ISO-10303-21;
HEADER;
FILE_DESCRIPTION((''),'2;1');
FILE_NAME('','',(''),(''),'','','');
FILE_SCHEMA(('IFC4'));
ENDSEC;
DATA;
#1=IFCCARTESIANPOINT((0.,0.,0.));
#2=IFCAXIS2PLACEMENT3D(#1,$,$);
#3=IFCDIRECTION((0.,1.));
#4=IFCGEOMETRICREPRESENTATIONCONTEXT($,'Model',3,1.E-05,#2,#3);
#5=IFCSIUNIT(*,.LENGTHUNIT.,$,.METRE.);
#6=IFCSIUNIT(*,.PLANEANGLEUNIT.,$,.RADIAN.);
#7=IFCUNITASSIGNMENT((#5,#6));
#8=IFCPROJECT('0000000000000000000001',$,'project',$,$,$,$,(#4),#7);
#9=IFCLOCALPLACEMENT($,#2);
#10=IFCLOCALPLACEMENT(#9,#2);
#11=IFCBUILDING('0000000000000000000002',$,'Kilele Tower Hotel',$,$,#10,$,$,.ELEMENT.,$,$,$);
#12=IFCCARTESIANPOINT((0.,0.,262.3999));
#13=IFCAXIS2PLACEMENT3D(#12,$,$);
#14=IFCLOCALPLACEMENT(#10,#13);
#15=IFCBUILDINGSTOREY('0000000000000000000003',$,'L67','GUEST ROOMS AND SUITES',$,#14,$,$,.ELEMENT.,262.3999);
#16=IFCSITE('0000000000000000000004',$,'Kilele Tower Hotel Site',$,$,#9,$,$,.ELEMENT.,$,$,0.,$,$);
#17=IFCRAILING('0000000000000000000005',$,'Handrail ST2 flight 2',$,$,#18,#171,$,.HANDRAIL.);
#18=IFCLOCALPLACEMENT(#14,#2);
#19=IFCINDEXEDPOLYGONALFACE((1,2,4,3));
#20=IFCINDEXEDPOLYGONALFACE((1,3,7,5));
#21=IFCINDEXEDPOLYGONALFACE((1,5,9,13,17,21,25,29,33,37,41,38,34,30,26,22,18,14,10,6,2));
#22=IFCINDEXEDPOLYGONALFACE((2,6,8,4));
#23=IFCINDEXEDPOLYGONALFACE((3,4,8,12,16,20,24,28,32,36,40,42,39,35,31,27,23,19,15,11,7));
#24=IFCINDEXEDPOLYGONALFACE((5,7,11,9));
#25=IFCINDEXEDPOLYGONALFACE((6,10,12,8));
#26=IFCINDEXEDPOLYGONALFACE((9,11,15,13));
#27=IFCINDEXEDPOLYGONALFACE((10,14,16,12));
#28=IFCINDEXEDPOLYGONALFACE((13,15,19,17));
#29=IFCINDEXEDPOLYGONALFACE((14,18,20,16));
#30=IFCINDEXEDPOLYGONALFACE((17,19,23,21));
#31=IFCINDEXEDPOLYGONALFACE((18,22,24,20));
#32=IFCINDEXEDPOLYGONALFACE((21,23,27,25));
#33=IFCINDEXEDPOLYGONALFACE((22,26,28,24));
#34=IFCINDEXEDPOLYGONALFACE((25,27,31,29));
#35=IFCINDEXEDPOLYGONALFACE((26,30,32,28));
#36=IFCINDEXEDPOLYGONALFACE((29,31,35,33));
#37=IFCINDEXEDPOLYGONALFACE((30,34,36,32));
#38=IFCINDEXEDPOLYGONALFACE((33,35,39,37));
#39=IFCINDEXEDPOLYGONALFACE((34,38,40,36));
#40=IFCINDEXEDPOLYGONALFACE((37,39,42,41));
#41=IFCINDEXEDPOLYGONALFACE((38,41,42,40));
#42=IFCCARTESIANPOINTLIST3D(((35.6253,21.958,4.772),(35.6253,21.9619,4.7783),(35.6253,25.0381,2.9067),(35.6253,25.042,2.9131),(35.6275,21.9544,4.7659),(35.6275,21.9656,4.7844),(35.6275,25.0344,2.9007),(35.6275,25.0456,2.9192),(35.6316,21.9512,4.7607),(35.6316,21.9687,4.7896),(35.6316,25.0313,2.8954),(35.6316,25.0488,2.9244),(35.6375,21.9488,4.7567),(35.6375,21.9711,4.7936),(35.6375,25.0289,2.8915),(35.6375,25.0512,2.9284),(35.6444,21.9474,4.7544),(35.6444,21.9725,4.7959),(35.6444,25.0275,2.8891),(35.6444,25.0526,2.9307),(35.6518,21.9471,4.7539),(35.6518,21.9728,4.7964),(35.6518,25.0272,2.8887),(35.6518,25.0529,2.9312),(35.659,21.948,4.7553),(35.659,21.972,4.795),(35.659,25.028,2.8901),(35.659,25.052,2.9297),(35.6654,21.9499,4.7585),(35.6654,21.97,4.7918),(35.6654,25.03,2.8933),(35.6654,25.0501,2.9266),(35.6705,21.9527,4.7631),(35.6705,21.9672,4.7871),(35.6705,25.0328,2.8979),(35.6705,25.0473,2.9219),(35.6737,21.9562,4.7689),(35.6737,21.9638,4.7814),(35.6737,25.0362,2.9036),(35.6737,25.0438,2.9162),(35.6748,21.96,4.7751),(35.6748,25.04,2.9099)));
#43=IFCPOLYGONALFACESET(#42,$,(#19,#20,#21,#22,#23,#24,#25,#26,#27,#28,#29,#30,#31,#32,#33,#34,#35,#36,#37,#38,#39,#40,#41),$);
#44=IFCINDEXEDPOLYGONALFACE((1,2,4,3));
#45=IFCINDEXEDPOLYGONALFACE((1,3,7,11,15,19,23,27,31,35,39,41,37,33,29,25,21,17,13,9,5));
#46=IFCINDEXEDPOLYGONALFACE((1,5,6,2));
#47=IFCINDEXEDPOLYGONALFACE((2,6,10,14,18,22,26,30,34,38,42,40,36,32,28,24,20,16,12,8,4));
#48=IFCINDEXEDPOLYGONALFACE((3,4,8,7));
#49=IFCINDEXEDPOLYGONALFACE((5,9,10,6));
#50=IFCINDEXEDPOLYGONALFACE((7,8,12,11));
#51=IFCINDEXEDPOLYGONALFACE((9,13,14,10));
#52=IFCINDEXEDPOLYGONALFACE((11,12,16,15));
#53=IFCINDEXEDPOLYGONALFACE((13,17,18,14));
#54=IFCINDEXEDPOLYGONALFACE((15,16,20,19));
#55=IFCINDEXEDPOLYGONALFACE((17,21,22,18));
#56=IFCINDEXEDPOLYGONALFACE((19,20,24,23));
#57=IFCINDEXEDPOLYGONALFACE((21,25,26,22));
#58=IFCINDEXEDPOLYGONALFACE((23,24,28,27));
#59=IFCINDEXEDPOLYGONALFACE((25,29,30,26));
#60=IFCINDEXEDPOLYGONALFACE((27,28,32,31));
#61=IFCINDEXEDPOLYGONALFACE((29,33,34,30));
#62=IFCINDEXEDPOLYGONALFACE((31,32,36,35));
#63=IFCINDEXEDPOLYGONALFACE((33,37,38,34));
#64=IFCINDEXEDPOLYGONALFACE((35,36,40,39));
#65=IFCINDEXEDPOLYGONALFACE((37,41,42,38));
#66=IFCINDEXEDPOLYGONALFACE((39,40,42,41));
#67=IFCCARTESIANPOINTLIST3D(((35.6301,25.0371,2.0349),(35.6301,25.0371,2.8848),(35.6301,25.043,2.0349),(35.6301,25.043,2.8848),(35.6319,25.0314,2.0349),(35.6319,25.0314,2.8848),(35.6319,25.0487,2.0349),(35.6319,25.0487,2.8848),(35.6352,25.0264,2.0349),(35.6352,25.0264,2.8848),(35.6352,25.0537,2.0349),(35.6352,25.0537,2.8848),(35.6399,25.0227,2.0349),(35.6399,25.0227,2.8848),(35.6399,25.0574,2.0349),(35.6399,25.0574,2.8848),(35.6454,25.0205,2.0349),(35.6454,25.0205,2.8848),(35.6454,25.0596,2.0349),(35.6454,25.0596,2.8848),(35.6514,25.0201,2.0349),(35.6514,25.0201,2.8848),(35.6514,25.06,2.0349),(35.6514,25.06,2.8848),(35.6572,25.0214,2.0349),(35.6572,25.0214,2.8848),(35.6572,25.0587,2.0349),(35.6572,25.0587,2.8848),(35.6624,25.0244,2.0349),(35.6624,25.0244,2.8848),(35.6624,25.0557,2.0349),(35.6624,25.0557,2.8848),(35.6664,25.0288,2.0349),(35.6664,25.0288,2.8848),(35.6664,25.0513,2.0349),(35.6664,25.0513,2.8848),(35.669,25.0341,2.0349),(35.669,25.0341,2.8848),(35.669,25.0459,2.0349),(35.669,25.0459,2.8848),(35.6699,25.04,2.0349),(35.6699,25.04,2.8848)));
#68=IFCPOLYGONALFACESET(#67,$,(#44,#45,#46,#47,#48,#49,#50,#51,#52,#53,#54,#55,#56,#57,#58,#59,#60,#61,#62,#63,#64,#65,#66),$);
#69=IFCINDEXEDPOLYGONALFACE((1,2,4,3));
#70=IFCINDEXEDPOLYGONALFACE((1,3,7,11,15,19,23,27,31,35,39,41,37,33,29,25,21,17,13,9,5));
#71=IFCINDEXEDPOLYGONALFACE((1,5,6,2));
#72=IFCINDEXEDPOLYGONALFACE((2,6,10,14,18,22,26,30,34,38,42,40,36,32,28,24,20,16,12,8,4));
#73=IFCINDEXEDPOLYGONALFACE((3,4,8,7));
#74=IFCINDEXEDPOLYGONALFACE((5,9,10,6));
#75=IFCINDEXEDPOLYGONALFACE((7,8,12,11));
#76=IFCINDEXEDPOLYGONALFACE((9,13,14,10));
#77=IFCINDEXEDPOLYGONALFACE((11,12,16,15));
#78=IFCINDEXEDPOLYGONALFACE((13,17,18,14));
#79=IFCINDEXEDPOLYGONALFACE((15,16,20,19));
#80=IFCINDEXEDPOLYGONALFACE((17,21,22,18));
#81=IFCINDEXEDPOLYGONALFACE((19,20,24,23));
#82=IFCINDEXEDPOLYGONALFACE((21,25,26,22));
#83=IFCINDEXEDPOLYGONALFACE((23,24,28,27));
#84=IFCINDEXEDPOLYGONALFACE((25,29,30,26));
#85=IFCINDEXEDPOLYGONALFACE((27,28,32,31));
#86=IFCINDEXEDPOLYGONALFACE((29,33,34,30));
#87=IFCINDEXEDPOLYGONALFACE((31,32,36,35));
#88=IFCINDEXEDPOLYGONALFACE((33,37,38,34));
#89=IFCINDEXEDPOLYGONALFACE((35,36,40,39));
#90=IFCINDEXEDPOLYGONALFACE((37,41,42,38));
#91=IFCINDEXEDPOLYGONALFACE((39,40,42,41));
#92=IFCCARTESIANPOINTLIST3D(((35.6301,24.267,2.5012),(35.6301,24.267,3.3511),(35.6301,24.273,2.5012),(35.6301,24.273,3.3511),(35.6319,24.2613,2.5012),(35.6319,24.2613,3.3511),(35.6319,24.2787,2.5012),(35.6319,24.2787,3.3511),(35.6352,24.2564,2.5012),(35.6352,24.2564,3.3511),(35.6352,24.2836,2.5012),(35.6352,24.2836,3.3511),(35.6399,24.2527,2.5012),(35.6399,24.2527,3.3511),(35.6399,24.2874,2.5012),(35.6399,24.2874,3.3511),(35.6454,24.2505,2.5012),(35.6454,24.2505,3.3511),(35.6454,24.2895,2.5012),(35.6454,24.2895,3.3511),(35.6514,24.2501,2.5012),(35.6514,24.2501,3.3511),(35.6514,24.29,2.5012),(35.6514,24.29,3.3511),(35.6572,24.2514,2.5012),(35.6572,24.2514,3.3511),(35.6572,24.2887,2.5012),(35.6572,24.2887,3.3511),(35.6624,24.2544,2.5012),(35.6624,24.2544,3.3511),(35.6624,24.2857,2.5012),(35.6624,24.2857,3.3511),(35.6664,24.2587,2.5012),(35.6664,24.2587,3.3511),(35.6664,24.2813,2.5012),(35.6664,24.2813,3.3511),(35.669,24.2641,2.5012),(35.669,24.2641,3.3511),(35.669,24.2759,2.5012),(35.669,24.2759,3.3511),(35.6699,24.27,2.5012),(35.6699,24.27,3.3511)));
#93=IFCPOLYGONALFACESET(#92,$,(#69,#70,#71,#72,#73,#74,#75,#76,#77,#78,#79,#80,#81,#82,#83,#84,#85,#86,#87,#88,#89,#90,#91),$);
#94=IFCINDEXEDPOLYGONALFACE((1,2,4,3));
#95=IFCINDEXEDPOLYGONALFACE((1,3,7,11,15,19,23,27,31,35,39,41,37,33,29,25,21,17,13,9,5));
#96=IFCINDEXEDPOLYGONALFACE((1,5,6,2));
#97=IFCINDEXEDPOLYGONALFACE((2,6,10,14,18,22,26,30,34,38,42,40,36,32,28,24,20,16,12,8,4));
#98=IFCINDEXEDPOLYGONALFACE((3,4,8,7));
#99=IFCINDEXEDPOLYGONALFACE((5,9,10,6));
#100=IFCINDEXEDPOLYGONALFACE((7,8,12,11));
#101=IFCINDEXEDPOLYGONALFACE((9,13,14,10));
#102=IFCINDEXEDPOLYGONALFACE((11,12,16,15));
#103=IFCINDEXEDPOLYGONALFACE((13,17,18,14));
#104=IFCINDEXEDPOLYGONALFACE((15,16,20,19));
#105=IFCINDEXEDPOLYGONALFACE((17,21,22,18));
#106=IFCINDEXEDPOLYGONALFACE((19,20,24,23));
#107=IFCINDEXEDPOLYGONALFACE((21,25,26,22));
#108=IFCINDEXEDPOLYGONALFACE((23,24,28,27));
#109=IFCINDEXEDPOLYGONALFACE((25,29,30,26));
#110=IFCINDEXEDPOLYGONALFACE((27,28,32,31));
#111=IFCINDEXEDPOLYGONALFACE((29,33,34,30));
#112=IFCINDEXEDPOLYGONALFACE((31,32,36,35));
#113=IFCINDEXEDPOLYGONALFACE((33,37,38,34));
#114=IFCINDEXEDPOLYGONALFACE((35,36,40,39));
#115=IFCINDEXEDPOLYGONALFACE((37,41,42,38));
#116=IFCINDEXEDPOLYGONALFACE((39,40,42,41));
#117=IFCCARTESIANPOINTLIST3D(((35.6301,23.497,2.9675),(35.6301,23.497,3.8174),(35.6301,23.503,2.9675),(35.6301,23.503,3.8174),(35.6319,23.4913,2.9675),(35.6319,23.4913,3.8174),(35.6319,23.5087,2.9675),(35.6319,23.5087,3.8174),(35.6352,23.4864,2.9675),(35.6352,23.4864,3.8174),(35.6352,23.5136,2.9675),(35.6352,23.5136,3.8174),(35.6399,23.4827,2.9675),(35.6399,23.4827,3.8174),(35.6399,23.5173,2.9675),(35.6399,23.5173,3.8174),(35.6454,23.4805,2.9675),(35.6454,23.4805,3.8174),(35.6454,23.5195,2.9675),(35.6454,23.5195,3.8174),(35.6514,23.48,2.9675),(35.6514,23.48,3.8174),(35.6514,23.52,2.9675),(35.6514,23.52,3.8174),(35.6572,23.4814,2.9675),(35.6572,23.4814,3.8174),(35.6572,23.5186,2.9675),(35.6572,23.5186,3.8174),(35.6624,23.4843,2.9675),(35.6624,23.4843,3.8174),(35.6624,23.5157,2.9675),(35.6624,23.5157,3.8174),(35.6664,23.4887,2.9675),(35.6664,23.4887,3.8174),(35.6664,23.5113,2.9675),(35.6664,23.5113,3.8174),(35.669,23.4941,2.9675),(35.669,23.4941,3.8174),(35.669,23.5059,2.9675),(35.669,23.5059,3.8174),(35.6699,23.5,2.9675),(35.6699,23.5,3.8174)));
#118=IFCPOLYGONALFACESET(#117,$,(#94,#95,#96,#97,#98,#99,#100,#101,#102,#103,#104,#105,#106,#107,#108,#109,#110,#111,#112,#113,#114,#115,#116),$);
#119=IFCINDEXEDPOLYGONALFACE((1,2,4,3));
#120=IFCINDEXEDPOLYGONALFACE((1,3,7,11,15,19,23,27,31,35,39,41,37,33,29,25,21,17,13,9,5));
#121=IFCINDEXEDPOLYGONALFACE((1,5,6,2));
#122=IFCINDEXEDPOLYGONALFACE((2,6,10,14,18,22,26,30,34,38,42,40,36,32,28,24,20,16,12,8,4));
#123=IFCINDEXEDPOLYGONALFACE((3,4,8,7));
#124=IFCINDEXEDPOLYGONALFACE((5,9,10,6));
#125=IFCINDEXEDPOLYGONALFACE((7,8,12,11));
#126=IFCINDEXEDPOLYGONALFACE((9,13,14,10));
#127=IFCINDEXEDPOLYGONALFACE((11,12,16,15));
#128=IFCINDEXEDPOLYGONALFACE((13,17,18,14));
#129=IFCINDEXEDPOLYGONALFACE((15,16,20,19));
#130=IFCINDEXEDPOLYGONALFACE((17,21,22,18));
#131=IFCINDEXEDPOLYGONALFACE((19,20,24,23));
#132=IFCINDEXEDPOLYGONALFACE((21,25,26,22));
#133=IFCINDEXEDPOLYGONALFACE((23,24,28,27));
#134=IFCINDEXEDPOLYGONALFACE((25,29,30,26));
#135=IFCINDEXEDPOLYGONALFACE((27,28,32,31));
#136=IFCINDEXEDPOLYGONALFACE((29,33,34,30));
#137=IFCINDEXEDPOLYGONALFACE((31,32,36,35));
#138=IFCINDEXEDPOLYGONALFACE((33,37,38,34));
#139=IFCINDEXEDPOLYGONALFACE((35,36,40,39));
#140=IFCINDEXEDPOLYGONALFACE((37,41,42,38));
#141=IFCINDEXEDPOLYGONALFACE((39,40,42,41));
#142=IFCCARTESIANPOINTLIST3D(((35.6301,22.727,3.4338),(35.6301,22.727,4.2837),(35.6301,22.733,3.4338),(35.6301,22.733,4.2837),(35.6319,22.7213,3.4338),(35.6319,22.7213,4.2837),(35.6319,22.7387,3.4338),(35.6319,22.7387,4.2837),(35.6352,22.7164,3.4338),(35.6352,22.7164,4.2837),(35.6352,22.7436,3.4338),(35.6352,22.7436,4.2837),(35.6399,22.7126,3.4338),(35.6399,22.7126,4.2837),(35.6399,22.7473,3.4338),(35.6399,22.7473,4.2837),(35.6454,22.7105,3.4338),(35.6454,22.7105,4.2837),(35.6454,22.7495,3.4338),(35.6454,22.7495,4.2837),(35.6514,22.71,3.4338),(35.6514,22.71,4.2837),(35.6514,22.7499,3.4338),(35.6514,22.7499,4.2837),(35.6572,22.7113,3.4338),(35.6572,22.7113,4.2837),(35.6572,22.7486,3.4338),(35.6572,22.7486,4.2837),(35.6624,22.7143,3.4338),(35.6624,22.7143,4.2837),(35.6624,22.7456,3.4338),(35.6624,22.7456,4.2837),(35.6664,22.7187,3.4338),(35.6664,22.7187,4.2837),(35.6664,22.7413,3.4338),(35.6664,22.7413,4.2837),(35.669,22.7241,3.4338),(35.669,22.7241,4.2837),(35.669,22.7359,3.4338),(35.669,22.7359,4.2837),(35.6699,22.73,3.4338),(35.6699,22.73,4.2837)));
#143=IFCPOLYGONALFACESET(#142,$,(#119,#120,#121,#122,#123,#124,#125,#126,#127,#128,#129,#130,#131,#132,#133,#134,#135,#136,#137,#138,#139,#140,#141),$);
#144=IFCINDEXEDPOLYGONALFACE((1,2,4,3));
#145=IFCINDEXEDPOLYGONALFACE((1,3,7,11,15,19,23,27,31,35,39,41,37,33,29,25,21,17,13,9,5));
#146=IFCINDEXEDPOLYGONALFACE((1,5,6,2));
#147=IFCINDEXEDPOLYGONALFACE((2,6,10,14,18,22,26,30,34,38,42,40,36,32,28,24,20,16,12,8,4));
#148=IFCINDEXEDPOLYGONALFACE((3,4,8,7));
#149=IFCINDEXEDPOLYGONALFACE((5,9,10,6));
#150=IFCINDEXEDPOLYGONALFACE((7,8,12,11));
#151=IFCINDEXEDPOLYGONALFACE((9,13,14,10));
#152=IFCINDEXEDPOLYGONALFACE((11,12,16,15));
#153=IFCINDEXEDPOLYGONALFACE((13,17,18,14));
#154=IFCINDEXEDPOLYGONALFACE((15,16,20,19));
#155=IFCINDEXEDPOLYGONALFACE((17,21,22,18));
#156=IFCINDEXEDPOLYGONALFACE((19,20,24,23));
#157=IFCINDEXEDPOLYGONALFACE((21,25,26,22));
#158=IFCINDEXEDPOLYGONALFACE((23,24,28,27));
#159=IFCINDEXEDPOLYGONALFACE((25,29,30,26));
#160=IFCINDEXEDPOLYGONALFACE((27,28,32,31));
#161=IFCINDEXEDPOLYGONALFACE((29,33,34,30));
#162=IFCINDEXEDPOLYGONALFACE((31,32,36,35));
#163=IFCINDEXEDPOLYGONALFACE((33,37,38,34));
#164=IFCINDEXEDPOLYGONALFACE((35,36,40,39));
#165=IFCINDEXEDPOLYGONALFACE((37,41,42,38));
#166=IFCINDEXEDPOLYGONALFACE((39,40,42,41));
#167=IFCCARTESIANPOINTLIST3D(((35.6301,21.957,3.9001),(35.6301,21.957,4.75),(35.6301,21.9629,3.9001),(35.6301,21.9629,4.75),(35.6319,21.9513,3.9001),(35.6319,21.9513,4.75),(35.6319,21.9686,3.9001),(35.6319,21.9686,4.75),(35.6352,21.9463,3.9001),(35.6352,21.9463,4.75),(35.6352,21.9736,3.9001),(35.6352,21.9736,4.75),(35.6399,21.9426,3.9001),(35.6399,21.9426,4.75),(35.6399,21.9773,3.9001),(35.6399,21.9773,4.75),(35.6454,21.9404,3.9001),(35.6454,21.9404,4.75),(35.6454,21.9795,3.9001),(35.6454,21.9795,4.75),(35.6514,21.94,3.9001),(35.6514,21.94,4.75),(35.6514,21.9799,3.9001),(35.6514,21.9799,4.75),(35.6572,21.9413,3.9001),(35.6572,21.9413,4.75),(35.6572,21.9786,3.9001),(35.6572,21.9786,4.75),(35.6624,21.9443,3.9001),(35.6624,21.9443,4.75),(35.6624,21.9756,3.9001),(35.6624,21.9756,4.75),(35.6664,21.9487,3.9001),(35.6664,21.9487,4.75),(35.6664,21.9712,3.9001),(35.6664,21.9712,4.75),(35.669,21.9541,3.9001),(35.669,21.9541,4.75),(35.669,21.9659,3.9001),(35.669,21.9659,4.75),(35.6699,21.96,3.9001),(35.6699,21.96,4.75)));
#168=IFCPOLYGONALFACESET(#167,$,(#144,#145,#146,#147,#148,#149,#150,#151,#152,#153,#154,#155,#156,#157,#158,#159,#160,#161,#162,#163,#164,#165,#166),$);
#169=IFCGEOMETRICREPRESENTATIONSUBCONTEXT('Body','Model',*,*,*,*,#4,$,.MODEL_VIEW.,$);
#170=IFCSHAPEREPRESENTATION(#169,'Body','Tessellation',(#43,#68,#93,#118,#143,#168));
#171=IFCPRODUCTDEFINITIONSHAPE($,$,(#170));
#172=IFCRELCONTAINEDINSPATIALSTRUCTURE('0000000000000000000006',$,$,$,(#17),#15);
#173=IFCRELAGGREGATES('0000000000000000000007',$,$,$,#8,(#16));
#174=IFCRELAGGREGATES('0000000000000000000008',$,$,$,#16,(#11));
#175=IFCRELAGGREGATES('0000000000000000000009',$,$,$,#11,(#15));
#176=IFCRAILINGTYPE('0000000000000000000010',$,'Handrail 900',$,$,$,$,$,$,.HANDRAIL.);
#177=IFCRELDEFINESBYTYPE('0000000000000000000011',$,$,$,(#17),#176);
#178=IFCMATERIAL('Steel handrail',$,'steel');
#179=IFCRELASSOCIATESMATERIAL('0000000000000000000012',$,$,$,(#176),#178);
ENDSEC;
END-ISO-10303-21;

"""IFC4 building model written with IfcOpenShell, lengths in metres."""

from ifc_helpers import new_model, si_unit, direction, frame, origin, origin_2d, place, context, subcontext, project, spatial, circle, extrude, material, type_object, element, save


model = new_model("IFC4")

# Units and contexts
model_context = context("Model", 3, precision=1e-05, world=origin(), true_north=direction((0.0, 1.0)))
body_context = subcontext(model_context, "Body", "Model", "MODEL_VIEW")
ifc_project = project(units=[si_unit("LENGTHUNIT", "METRE"), si_unit("PLANEANGLEUNIT", "RADIAN")], contexts=[model_context])

# Site, building, storey
site_placement = place(None, origin())
site = spatial("IfcSite", under=ifc_project, at=site_placement, Name="Kilele Tower Hotel Site", CompositionType="ELEMENT", RefElevation=0.0)
building_placement = place(site_placement, origin())
building = spatial("IfcBuilding", under=site, at=building_placement, Name="Kilele Tower Hotel", CompositionType="ELEMENT")
storey_placement = place(building_placement, frame((0.0, 0.0, 262.3999)))
storey = spatial("IfcBuildingStorey", under=building, at=storey_placement, Name="L67", Description="GUEST ROOMS AND SUITES", CompositionType="ELEMENT", Elevation=262.3999)

# Railing
ifc_material_1 = material(Name="Steel handrail", Category="steel")
railing_type_1 = type_object("IfcRailingType", Name="Handrail 900", PredefinedType="HANDRAIL", material=ifc_material_1)
for number, where, name in (
    (1, (35.6499, 25.04, 2.0349), "Handrail ST2 flight 2"),
):
    element("IfcRailing", number, at=place(storey_placement, frame(where)), inside=storey, type_object=railing_type_1, Name=name, PredefinedType="HANDRAIL", context=body_context, shape_type="SweptSolid", body=[
        extrude(circle(Radius=0.0249, at=origin_2d()), frame((0.0, 0.0, 0.875), z_axis=(0.0, -0.85538, 0.518001), x_axis=(1.0, 0.0, 0.0)), (0.0, 0.0, 1.0), 3.6008),
        extrude(circle(Radius=0.02, at=origin_2d()), origin(), (0.0, 0.0, 1.0), 0.8499),
        extrude(circle(Radius=0.02, at=origin_2d()), frame((0.0, -0.77, 0.4663)), (0.0, 0.0, 1.0), 0.8499),
        extrude(circle(Radius=0.02, at=origin_2d()), frame((0.0, -1.54, 0.9326)), (0.0, 0.0, 1.0), 0.8499),
        extrude(circle(Radius=0.02, at=origin_2d()), frame((0.0, -2.3101, 1.3989)), (0.0, 0.0, 1.0), 0.8499),
        extrude(circle(Radius=0.02, at=origin_2d()), frame((0.0, -3.0801, 1.8652)), (0.0, 0.0, 1.0), 0.8499),
    ])

save(model, "model.ifc")
